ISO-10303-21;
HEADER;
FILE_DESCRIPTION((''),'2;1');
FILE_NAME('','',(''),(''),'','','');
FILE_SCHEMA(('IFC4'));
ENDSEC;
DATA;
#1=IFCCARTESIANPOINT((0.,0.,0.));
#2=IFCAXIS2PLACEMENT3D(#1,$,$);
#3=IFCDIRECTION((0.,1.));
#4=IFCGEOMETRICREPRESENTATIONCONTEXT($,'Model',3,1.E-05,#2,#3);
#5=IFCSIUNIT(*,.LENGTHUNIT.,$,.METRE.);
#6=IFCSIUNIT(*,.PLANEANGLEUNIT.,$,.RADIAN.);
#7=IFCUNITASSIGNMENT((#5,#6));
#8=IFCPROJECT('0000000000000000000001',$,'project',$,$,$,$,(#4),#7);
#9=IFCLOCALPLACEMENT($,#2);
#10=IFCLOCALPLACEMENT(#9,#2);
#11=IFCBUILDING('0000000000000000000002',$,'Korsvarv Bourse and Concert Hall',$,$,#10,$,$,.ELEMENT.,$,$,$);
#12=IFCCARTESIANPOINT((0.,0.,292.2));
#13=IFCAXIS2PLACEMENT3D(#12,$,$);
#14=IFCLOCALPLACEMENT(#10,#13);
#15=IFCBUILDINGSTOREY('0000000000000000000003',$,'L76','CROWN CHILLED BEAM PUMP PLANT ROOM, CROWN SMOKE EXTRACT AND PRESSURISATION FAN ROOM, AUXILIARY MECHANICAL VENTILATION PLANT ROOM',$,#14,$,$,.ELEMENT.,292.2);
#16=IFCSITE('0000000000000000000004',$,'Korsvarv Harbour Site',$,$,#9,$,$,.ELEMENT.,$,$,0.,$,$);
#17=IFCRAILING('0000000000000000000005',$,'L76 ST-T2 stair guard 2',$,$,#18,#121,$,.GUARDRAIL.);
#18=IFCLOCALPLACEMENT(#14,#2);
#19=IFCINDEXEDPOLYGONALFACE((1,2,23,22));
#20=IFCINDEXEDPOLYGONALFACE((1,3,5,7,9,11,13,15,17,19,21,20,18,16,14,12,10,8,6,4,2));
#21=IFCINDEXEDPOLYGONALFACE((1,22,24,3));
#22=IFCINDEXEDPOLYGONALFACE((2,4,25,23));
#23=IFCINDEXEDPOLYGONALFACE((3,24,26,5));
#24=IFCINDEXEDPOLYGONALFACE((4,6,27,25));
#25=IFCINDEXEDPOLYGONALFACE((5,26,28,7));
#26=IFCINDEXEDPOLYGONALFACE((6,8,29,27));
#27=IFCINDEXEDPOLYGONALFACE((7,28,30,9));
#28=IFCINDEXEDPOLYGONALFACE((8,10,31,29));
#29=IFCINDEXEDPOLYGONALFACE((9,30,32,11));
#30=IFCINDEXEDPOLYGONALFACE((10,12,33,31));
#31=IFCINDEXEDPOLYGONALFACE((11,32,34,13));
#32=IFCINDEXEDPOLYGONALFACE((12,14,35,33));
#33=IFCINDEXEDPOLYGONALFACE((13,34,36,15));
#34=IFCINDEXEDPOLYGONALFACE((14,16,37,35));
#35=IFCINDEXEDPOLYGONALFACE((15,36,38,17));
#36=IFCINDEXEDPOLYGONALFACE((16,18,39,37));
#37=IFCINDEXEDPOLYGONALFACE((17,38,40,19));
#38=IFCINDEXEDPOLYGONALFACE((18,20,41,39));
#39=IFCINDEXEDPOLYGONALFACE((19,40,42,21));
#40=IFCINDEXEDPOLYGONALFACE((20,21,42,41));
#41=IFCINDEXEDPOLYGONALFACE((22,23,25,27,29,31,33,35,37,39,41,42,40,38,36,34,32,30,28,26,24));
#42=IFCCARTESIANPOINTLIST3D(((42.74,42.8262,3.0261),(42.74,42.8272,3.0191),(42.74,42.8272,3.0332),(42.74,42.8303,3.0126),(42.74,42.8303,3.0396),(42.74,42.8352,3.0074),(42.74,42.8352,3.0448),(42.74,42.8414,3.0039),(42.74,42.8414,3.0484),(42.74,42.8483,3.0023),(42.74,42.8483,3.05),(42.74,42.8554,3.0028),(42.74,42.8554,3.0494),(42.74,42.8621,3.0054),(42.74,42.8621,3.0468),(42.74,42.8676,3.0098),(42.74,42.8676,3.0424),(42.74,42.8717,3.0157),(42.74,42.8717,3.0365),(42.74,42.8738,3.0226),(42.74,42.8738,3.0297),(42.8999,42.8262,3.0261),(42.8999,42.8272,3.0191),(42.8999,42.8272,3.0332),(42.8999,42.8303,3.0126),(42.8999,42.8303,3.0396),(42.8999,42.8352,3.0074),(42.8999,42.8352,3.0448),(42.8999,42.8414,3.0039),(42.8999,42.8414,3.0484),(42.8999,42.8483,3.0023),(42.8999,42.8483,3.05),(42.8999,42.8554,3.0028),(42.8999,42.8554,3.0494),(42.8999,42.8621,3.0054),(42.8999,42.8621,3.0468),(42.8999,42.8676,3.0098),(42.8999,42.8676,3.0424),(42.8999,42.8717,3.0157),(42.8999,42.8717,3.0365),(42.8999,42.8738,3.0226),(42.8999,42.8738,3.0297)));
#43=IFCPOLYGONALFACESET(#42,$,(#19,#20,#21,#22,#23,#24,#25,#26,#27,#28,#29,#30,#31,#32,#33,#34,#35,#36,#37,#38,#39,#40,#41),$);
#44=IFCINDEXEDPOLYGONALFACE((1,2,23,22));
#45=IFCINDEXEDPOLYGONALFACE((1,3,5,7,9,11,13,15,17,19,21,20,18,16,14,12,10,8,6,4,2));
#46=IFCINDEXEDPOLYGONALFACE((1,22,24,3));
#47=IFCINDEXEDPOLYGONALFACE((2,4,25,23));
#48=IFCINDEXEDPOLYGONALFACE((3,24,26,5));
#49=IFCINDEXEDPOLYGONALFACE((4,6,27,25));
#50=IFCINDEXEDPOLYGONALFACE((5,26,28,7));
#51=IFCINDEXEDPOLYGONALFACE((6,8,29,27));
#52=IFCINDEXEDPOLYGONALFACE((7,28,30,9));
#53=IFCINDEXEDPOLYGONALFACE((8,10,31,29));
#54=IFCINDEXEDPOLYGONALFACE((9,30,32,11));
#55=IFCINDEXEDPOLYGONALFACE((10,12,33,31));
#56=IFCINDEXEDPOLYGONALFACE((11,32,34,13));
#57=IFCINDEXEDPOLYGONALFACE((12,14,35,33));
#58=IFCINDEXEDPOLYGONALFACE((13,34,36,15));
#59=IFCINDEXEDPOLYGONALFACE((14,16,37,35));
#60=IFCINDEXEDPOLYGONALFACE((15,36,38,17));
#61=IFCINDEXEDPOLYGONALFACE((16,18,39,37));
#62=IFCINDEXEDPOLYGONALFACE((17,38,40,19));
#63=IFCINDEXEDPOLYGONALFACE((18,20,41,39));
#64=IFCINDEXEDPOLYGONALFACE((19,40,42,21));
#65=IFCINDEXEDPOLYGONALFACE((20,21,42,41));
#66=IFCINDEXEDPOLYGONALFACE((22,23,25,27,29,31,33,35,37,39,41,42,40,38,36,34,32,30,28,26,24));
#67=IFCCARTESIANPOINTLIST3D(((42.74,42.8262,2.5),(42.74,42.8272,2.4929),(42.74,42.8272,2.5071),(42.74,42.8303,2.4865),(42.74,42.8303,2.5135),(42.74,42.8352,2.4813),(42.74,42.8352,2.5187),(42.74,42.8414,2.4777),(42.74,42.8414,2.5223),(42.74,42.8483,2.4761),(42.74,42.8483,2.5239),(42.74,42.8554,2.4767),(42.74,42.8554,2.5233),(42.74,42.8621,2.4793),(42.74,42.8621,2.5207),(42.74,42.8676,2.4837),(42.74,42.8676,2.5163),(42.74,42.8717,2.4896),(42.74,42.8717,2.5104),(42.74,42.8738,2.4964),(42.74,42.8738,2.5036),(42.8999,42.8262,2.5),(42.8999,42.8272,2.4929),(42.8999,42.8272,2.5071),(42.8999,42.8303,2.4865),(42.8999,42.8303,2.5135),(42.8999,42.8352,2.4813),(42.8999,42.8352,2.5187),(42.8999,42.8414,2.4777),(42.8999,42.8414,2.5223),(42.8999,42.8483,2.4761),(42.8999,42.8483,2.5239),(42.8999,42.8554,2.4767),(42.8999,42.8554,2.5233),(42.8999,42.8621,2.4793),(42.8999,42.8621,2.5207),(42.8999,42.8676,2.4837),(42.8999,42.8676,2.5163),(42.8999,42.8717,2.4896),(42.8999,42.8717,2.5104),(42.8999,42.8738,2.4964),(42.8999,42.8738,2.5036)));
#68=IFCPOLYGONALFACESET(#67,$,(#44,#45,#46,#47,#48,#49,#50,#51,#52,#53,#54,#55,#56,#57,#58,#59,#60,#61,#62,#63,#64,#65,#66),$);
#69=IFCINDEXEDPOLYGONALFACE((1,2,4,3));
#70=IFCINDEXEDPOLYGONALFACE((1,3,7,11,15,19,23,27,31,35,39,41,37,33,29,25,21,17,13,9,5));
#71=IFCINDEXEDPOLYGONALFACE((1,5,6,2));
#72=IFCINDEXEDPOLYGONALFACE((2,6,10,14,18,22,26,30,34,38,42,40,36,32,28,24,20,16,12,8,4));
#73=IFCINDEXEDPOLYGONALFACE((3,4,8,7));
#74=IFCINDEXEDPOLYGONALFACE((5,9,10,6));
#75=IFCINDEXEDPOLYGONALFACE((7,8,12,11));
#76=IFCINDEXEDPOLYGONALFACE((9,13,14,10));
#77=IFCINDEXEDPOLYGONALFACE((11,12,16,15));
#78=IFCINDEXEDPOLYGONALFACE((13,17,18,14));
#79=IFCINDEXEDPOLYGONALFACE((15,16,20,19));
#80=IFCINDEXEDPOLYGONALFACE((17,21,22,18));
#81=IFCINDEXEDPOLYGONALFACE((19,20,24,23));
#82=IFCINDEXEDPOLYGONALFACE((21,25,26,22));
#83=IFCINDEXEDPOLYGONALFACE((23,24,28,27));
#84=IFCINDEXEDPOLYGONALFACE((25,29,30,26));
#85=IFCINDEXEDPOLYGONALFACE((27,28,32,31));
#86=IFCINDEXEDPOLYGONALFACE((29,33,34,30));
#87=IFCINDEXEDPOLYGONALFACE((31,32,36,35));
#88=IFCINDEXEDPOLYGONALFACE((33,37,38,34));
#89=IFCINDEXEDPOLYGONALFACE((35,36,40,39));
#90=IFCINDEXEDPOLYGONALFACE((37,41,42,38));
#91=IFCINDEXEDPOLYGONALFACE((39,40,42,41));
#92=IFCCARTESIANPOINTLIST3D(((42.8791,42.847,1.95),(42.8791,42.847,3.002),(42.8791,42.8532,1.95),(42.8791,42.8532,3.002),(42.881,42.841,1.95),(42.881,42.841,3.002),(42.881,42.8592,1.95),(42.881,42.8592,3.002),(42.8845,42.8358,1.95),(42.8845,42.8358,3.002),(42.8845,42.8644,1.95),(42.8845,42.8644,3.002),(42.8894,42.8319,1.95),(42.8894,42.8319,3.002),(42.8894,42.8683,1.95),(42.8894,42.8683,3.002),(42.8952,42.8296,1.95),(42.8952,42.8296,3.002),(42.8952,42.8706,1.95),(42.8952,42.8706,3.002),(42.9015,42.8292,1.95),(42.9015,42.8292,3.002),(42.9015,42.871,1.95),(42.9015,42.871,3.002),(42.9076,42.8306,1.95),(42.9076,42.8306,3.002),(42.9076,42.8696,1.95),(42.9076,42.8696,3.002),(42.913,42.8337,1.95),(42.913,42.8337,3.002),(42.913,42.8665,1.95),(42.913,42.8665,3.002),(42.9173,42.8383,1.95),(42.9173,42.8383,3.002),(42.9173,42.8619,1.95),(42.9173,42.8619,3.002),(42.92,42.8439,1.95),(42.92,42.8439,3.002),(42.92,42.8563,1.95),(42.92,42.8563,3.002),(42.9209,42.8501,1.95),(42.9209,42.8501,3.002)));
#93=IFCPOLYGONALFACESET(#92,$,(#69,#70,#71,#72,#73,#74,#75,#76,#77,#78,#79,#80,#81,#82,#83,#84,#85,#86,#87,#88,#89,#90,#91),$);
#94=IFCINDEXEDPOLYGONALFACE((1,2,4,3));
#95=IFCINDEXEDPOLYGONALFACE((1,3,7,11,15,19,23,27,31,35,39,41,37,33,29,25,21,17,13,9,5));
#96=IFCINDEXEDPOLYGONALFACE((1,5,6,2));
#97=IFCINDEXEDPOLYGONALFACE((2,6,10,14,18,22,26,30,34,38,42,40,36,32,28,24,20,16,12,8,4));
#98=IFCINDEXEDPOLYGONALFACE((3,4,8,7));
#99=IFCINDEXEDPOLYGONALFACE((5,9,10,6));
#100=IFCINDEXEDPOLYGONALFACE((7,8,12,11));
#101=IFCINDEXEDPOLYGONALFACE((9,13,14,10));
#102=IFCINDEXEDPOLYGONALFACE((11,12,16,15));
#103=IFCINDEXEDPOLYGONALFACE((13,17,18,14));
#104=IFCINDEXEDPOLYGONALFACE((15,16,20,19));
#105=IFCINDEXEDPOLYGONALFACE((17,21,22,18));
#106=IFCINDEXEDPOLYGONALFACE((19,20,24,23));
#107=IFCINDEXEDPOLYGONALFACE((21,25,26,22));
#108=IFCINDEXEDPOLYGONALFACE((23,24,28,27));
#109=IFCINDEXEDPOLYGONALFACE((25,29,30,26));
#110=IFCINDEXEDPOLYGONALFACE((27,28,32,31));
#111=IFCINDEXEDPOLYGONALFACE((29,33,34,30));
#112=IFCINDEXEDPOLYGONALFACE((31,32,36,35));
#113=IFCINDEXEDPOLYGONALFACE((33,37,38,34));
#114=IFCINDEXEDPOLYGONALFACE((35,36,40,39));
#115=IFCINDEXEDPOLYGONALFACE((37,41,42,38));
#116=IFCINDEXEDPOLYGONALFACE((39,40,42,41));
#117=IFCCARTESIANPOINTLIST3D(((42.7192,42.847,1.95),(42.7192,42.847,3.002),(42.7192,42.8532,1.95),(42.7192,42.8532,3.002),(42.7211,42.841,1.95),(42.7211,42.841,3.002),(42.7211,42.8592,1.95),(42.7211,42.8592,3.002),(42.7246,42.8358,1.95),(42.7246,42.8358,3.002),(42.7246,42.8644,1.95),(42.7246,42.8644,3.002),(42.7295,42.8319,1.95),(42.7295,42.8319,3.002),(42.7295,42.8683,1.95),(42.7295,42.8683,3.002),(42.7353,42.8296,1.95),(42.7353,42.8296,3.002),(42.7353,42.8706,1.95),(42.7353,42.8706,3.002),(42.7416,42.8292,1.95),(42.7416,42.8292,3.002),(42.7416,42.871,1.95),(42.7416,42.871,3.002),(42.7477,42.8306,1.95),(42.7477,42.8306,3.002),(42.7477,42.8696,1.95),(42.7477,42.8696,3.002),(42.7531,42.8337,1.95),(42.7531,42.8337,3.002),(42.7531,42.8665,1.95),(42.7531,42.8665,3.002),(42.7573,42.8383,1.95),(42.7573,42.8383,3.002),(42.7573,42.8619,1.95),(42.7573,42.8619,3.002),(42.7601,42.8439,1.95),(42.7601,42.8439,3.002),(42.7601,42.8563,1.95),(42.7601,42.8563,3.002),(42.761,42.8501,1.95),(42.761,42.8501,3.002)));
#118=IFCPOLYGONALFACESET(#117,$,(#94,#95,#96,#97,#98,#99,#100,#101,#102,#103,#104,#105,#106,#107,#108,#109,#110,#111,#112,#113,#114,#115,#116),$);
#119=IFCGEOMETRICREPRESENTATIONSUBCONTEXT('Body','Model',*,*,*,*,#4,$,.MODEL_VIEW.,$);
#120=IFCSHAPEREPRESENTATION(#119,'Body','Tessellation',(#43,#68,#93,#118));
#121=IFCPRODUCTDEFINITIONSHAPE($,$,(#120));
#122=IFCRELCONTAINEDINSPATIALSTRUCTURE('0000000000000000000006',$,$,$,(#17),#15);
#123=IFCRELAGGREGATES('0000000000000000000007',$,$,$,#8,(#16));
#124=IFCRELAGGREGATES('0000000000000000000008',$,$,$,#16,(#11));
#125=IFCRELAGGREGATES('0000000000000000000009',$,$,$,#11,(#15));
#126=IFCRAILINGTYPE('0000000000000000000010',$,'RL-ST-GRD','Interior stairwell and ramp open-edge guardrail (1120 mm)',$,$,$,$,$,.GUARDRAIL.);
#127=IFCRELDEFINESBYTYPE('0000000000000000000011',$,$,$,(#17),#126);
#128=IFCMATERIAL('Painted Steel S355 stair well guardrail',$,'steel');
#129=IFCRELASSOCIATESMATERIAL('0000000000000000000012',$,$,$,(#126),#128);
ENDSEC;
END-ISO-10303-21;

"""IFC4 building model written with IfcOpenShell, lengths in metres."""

from ifc_helpers import new_model, si_unit, direction, frame, origin, origin_2d, place, context, subcontext, project, spatial, circle, extrude, material, type_object, element, save


model = new_model("IFC4")

# Units and contexts
model_context = context("Model", 3, precision=1e-05, world=origin(), true_north=direction((0.0, 1.0)))
body_context = subcontext(model_context, "Body", "Model", "MODEL_VIEW")
ifc_project = project(units=[si_unit("LENGTHUNIT", "METRE"), si_unit("PLANEANGLEUNIT", "RADIAN")], contexts=[model_context])

# Site, building, storey
site_placement = place(None, origin())
site = spatial("IfcSite", under=ifc_project, at=site_placement, Name="Korsvarv Harbour Site", CompositionType="ELEMENT", RefElevation=0.0)
building_placement = place(site_placement, origin())
building = spatial("IfcBuilding", under=site, at=building_placement, Name="Korsvarv Bourse and Concert Hall", CompositionType="ELEMENT")
storey_placement = place(building_placement, frame((0.0, 0.0, 292.2)))
storey = spatial("IfcBuildingStorey", under=building, at=storey_placement, Name="L76", Description="CROWN CHILLED BEAM PUMP PLANT ROOM, CROWN SMOKE EXTRACT AND PRESSURISATION FAN ROOM, AUXILIARY MECHANICAL VENTILATION PLANT ROOM", CompositionType="ELEMENT", Elevation=292.2)

# Railing
ifc_material_1 = material(Name="Painted Steel S355 stair well guardrail", Category="steel")
railing_type_1 = type_object("IfcRailingType", Name="RL-ST-GRD", Description="Interior stairwell and ramp open-edge guardrail (1120 mm)", PredefinedType="GUARDRAIL", material=ifc_material_1)
railing_1_placement = place(storey_placement, frame((42.8999, 42.8501, 1.95)))
element("IfcRailing", 1, at=railing_1_placement, inside=storey, type_object=railing_type_1, Name="L76 ST-T2 stair guard 2", PredefinedType="GUARDRAIL", context=body_context, shape_type="SweptSolid", body=[
    extrude(circle(Radius=0.0239, at=origin_2d()), frame((0.0, 0.0, 1.0762), z_axis=(-1.0, 0.0, 0.0), x_axis=(0.0, -1.0, 0.0)), (0.0, 0.0, 1.0), 0.1599),
    extrude(circle(Radius=0.0239, at=origin_2d()), frame((0.0, 0.0, 0.55), z_axis=(-1.0, 0.0, 0.0), x_axis=(0.0, -1.0, 0.0)), (0.0, 0.0, 1.0), 0.1599),
    extrude(circle(Radius=0.021, at=origin_2d()), origin(), (0.0, 0.0, 1.0), 1.052),
    extrude(circle(Radius=0.021, at=origin_2d()), frame((-0.1599, 0.0, 0.0)), (0.0, 0.0, 1.0), 1.052),
])

save(model, "model.ifc")
